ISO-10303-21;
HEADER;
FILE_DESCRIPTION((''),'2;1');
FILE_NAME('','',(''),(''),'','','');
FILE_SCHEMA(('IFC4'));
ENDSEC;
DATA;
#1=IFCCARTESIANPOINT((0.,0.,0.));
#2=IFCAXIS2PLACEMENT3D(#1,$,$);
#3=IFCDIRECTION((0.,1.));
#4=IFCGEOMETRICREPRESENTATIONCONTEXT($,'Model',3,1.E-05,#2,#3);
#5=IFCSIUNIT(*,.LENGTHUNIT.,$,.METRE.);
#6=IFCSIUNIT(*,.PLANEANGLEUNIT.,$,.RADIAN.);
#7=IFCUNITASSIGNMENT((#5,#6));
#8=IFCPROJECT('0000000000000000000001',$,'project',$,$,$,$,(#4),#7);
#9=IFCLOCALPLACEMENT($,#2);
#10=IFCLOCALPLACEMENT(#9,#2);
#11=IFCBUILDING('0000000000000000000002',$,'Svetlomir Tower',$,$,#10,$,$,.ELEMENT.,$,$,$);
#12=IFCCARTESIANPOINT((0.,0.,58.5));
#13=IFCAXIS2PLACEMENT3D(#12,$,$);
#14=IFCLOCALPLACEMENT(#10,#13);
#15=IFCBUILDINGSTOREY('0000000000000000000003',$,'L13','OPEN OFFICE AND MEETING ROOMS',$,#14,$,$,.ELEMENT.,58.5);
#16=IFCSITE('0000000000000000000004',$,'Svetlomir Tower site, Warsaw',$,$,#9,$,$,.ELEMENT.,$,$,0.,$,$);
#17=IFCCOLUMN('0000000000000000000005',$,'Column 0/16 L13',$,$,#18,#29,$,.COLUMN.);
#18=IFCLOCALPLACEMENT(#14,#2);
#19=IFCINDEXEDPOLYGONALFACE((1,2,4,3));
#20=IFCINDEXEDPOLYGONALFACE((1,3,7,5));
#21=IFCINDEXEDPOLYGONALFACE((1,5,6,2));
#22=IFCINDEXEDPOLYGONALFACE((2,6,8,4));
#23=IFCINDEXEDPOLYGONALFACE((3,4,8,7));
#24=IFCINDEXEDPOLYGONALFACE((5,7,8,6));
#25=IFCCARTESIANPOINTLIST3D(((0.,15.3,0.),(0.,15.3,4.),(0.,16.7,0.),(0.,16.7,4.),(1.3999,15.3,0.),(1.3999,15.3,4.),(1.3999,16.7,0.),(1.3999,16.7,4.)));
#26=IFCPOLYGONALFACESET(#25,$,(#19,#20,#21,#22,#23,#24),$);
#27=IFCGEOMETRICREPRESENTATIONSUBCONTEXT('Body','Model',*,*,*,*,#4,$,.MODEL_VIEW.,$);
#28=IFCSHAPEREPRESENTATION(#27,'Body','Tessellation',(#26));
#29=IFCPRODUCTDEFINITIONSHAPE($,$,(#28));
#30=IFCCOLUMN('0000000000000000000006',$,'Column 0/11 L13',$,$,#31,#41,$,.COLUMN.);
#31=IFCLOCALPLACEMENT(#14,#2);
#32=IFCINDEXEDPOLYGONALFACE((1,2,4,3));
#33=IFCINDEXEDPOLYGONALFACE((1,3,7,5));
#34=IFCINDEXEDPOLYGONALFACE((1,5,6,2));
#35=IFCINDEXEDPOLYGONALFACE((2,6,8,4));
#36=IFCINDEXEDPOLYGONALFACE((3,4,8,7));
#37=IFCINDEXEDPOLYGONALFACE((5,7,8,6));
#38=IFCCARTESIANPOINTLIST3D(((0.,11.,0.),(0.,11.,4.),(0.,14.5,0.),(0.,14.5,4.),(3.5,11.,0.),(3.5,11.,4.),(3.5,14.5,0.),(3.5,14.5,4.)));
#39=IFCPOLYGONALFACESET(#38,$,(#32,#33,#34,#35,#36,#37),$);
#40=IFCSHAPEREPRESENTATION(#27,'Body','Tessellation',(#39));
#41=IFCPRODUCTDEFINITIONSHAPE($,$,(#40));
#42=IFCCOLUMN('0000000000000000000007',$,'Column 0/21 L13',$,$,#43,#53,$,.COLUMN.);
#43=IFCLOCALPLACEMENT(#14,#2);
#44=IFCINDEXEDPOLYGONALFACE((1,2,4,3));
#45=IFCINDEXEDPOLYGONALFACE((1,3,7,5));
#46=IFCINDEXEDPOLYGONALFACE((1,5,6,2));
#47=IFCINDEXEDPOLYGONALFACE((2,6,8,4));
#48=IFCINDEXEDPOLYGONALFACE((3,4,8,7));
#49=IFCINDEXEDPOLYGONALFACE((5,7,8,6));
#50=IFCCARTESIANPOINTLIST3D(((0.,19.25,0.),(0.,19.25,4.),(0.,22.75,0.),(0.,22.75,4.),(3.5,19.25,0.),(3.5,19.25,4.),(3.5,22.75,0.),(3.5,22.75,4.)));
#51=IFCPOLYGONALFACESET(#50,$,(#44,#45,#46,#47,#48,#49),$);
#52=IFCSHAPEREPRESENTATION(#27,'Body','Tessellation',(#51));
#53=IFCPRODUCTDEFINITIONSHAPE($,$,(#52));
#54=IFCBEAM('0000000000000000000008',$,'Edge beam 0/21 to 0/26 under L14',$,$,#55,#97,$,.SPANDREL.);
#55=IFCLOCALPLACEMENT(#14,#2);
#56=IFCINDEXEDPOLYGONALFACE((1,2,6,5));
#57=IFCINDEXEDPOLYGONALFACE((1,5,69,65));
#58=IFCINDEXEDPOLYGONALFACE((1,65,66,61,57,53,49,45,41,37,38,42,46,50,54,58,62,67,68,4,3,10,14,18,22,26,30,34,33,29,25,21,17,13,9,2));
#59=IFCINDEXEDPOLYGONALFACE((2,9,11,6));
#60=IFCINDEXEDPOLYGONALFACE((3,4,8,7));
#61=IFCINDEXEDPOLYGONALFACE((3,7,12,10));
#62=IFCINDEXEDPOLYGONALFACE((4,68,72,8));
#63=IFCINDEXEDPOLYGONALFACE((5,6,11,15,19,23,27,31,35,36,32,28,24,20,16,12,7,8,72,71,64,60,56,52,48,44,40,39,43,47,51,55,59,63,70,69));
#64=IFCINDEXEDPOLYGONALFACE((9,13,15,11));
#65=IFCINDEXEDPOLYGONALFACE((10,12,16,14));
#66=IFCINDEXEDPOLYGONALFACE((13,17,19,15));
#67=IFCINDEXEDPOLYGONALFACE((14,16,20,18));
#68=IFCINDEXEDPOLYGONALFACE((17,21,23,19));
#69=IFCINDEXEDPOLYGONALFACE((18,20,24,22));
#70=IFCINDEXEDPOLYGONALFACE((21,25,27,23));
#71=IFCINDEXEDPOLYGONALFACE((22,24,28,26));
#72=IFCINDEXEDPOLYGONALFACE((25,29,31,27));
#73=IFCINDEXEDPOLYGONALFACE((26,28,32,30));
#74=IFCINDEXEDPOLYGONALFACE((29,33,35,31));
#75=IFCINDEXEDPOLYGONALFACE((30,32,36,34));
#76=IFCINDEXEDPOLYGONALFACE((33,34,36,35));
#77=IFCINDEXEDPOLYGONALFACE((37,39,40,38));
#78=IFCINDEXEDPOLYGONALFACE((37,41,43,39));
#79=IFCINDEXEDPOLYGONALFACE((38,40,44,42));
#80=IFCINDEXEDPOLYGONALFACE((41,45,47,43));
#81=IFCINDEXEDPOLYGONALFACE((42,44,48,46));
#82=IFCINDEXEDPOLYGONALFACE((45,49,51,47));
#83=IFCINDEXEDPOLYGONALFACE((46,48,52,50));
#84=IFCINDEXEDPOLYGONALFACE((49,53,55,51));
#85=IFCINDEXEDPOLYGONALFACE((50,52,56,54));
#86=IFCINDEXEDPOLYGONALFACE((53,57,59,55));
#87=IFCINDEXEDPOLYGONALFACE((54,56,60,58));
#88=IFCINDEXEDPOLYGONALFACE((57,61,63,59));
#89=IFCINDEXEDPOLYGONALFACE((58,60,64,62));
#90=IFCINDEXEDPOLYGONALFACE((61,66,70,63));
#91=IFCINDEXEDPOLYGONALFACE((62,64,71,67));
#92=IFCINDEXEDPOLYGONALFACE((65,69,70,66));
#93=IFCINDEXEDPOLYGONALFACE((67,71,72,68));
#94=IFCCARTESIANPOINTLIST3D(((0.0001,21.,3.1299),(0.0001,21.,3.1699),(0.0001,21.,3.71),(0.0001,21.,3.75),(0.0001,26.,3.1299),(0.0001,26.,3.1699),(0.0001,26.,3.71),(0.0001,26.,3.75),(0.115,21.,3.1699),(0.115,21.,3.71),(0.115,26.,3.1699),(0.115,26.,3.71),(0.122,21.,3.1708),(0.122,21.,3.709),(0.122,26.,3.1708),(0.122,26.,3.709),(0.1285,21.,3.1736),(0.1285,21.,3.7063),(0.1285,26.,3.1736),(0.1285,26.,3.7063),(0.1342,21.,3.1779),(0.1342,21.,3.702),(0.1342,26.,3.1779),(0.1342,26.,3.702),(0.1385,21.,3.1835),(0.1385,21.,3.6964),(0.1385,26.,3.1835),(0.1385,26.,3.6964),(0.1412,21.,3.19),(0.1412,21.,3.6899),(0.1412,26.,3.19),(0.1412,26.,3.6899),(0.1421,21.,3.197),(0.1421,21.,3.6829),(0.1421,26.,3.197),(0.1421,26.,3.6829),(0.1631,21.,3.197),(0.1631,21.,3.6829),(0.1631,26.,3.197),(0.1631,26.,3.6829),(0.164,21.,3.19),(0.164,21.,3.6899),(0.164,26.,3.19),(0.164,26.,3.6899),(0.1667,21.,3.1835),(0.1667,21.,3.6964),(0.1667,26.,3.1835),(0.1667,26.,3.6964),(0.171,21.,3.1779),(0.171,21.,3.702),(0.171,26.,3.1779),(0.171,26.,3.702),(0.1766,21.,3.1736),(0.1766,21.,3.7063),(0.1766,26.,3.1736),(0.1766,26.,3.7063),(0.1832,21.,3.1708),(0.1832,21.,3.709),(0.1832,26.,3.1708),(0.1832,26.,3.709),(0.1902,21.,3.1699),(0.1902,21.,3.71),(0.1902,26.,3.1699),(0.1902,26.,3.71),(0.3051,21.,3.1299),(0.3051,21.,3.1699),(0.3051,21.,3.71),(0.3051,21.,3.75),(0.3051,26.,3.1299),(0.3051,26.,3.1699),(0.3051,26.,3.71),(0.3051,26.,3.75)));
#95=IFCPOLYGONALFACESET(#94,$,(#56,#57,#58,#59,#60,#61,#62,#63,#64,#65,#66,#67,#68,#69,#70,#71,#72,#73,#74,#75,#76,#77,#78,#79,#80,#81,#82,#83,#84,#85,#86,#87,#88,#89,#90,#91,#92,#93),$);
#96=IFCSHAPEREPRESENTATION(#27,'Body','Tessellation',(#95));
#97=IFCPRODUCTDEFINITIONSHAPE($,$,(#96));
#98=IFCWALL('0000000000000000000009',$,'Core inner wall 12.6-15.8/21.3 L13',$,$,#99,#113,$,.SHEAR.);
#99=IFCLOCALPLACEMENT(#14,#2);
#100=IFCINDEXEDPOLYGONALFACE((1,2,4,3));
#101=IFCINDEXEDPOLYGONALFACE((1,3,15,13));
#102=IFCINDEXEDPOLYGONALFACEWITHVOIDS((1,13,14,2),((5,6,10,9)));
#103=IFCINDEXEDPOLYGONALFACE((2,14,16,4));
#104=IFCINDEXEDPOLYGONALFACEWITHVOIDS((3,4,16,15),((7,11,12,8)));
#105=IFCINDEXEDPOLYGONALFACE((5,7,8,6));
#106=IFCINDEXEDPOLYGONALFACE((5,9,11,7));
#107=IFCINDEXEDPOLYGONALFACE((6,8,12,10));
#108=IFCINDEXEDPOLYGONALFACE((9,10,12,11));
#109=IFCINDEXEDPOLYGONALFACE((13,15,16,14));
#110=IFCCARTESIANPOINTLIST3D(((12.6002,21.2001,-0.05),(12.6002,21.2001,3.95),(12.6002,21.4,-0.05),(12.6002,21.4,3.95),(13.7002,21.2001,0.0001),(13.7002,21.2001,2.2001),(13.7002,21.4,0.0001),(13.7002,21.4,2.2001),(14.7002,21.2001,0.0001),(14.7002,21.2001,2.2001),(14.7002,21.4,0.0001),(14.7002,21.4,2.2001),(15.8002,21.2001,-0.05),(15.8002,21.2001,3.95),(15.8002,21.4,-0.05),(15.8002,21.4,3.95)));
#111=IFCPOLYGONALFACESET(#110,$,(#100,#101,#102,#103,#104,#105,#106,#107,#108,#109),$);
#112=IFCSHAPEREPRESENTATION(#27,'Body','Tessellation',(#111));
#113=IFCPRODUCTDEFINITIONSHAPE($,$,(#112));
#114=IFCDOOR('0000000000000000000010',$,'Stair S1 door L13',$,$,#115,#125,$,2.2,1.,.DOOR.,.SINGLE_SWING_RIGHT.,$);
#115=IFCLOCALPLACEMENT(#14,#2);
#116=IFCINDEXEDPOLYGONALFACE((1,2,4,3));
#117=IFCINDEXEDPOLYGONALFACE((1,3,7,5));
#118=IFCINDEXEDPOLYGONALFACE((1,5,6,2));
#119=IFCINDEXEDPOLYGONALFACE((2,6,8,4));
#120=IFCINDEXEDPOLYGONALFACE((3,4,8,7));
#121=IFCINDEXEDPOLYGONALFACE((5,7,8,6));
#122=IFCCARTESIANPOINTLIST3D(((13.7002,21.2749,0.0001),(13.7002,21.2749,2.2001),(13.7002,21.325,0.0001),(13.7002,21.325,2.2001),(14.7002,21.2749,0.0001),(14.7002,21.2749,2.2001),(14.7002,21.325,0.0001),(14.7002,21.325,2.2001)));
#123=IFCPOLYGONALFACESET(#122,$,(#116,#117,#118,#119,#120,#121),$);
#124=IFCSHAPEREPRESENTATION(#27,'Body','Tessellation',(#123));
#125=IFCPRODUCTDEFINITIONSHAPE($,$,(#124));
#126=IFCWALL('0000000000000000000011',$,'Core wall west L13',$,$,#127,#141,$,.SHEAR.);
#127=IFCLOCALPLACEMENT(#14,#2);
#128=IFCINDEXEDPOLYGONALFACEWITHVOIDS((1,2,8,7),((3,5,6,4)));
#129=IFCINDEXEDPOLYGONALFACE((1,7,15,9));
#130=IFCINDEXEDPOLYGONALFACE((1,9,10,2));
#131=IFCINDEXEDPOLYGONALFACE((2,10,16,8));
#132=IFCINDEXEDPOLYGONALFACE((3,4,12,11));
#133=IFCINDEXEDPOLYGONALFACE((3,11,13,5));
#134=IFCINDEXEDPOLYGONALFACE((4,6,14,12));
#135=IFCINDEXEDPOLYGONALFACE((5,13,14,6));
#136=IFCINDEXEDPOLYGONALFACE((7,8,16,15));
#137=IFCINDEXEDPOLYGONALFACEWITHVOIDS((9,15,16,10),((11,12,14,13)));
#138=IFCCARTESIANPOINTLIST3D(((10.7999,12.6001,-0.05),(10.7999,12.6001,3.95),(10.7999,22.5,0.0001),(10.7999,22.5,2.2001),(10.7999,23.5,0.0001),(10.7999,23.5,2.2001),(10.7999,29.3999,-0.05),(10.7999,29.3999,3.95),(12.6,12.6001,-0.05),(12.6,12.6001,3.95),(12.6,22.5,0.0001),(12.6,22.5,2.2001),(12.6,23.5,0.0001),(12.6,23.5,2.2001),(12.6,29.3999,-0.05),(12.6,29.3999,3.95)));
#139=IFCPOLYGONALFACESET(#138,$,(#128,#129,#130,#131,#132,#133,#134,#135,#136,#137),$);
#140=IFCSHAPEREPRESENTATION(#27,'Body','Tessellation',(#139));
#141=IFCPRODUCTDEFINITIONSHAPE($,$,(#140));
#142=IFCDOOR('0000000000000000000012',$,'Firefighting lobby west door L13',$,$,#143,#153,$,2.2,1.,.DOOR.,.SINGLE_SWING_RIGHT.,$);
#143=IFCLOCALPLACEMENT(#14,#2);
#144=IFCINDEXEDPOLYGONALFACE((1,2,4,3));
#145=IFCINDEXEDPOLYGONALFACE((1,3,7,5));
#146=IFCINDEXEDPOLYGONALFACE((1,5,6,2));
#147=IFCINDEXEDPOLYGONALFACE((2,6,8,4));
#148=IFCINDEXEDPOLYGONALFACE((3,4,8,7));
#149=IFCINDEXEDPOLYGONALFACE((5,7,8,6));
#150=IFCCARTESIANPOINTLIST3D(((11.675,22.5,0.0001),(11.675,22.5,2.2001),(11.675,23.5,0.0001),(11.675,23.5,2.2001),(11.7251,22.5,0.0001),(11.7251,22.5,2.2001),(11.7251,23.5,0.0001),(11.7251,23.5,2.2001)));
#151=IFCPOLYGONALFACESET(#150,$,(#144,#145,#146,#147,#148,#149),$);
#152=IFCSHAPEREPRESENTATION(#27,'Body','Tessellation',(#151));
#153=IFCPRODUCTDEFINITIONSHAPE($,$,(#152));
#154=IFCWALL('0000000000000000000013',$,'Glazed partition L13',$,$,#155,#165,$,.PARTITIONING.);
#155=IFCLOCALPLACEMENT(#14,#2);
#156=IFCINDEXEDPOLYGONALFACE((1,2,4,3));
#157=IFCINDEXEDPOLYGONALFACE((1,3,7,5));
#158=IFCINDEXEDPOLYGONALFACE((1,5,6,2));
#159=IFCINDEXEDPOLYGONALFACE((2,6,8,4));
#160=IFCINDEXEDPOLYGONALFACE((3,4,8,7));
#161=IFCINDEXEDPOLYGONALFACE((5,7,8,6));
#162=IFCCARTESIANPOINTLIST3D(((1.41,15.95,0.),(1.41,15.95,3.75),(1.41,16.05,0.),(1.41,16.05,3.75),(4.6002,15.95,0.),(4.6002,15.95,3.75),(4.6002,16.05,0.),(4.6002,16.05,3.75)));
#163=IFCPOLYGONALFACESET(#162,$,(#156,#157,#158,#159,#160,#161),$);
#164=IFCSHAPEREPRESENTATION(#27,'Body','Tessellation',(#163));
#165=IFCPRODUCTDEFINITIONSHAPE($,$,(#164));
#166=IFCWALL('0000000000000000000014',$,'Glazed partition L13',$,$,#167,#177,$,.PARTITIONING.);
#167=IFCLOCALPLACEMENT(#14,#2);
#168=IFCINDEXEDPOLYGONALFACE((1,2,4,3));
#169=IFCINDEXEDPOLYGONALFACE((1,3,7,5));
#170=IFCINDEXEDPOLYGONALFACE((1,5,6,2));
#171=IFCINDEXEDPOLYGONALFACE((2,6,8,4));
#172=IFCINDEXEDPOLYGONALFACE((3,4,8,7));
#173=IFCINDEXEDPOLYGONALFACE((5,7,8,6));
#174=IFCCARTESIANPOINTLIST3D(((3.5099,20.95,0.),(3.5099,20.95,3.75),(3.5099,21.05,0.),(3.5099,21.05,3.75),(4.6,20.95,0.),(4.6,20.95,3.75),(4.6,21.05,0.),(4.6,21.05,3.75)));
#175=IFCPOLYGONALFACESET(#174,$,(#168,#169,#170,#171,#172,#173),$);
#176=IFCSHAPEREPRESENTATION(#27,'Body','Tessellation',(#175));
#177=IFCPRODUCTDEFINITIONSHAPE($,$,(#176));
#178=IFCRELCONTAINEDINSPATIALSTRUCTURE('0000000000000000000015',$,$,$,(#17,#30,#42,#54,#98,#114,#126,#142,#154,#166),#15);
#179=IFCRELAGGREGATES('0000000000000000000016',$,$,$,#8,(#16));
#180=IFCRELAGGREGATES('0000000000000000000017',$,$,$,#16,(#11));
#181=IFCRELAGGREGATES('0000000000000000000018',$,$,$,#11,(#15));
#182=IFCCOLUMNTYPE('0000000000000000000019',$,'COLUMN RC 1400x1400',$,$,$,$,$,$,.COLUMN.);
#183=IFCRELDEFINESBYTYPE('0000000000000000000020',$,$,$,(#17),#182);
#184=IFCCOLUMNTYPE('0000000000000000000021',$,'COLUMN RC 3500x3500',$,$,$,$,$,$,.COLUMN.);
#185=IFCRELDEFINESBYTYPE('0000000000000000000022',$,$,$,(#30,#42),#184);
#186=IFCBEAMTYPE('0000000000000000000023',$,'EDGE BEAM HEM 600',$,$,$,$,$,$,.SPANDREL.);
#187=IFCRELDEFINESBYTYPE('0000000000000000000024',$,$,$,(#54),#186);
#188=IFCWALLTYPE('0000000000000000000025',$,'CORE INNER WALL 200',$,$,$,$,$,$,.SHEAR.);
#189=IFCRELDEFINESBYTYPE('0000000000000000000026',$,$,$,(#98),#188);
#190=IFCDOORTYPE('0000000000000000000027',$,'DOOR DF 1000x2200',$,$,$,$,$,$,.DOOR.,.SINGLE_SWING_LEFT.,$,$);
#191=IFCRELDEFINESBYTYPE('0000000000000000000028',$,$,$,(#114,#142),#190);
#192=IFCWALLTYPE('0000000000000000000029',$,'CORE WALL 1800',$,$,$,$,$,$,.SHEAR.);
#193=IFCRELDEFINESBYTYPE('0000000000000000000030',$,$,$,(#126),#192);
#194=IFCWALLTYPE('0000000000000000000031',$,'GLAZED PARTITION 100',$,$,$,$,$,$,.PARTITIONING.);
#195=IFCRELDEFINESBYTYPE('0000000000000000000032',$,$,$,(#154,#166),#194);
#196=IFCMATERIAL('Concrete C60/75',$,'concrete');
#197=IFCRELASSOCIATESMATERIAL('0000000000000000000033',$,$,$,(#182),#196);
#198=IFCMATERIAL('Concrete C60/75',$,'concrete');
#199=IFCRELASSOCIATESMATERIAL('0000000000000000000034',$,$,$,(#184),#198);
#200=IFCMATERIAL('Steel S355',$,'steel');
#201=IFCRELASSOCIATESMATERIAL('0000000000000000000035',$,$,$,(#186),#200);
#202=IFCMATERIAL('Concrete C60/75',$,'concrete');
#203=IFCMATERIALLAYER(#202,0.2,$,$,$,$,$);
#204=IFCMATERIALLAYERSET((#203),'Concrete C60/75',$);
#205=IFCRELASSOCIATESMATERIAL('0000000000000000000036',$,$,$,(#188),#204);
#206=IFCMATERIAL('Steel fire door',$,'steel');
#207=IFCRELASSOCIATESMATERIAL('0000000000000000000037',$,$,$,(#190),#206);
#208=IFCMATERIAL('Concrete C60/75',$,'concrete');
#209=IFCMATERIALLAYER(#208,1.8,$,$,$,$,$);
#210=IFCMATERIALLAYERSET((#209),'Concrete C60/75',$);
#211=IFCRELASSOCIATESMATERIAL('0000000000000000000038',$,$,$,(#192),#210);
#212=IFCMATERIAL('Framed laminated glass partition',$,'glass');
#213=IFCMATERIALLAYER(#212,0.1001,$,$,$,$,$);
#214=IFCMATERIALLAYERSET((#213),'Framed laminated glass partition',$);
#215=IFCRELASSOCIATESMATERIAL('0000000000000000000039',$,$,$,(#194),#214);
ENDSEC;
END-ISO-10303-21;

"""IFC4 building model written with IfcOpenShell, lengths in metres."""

from ifc_helpers import new_model, si_unit, direction, frame, frame_2d, origin, origin_2d, place, context, subcontext, project, spatial, rectangle, i_section, extrude, material, layer, layer_set, material_profile, profile_set, type_object, element, fill, save


model = new_model("IFC4")

# Units and contexts
model_context = context("Model", 3, precision=1e-05, world=origin(), true_north=direction((0.0, 1.0)))
body_context = subcontext(model_context, "Body", "Model", "MODEL_VIEW")
ifc_project = project(units=[si_unit("LENGTHUNIT", "METRE"), si_unit("PLANEANGLEUNIT", "RADIAN")], contexts=[model_context])

# Site, building, storey
site_placement = place(None, origin())
site = spatial("IfcSite", under=ifc_project, at=site_placement, Name="Svetlomir Tower site, Warsaw", CompositionType="ELEMENT", RefElevation=0.0)
building_placement = place(site_placement, origin())
building = spatial("IfcBuilding", under=site, at=building_placement, Name="Svetlomir Tower", CompositionType="ELEMENT")
storey_placement = place(building_placement, frame((0.0, 0.0, 58.5)))
storey = spatial("IfcBuildingStorey", under=building, at=storey_placement, Name="L13", Description="OPEN OFFICE AND MEETING ROOMS", CompositionType="ELEMENT", Elevation=58.5)

# Columns
ifc_material_1 = material(Name="Concrete C60/75", Category="concrete")
ifc_material_profile_1 = material_profile(ifc_material_1, rectangle(XDim=1.3999, YDim=1.3999, at=origin_2d()), Name="RC 1400x1400")
ifc_profile_set_1 = profile_set([ifc_material_profile_1], Name="Concrete C60/75")
column_type_1 = type_object("IfcColumnType", Name="COLUMN RC 1400x1400", PredefinedType="COLUMN", material=ifc_profile_set_1)
column_placement = place(storey_placement, frame((0.7, 16.0, 0.0), z_axis=(0.0, 0.0, 1.0), x_axis=(1.0, 0.0, 0.0)))
element("IfcColumn", 1, at=column_placement, inside=storey, type_object=column_type_1, Name="Column 0/16 L13", PredefinedType="COLUMN", context=body_context, shape_type="SweptSolid", body=[
    extrude(rectangle(XDim=1.3999, YDim=1.3999, at=origin_2d()), origin(), (0.0, 0.0, 1.0), 4.0),
])
ifc_material_2 = material(Name="Concrete C60/75", Category="concrete")
ifc_material_profile_2 = material_profile(ifc_material_2, rectangle(XDim=3.5, YDim=3.5, at=origin_2d()), Name="RC 3500x3500")
ifc_profile_set_2 = profile_set([ifc_material_profile_2], Name="Concrete C60/75")
column_type_2 = type_object("IfcColumnType", Name="COLUMN RC 3500x3500", PredefinedType="COLUMN", material=ifc_profile_set_2)
for number, where, z_axis, x_axis, name in (
    (2, (1.75, 12.75, 0.0), (0.0, 0.0, 1.0), (1.0, 0.0, 0.0), "Column 0/11 L13"),
    (3, (1.75, 21.0, 0.0), (0.0, 0.0, 1.0), (1.0, 0.0, 0.0), "Column 0/21 L13"),
):
    element("IfcColumn", number, at=place(storey_placement, frame(where, z_axis=z_axis, x_axis=x_axis)), inside=storey, type_object=column_type_2, Name=name, PredefinedType="COLUMN", context=body_context, shape_type="SweptSolid", body=[
        extrude(rectangle(XDim=3.5, YDim=3.5, at=origin_2d()), origin(), (0.0, 0.0, 1.0), 4.0),
    ])

# Beam
ifc_material_3 = material(Name="Steel S355", Category="steel")
ifc_material_profile_3 = material_profile(ifc_material_3, i_section(OverallWidth=0.3049, OverallDepth=0.6201, WebThickness=0.021, FlangeThickness=0.04, FilletRadius=0.0271, at=origin_2d()), Name="HEM 600")
ifc_profile_set_3 = profile_set([ifc_material_profile_3], Name="Steel S355")
beam_type = type_object("IfcBeamType", Name="EDGE BEAM HEM 600", PredefinedType="SPANDREL", material=ifc_profile_set_3)
beam_placement = place(storey_placement, frame((0.1526, 21.0, 3.4399), z_axis=(0.0, 1.0, 0.0), x_axis=(-1.0, 0.0, 0.0)))
element("IfcBeam", 4, at=beam_placement, inside=storey, type_object=beam_type, Name="Edge beam 0/21 to 0/26 under L14", PredefinedType="SPANDREL", context=body_context, shape_type="SweptSolid", body=[
    extrude(i_section(OverallWidth=0.3049, OverallDepth=0.6201, WebThickness=0.021, FlangeThickness=0.04, FilletRadius=0.0271, at=origin_2d()), origin(), (0.0, 0.0, 1.0), 5.0),
])

# Walls, openings, doors
ifc_material_4 = material(Name="Concrete C60/75", Category="concrete")
ifc_layer_1 = layer(ifc_material_4, 0.2)
ifc_layer_set_1 = layer_set([ifc_layer_1], Name="Concrete C60/75")
wall_type_1 = type_object("IfcWallType", Name="CORE INNER WALL 200", PredefinedType="SHEAR", material=ifc_layer_set_1)
wall_1_placement = place(storey_placement, frame((12.6001, 21.3, -0.05), z_axis=(0.0, 0.0, 1.0), x_axis=(1.0, 0.0, 0.0)))
wall_1 = element("IfcWall", 5, at=wall_1_placement, inside=storey, type_object=wall_type_1, Name="Core inner wall 12.6-15.8/21.3 L13", PredefinedType="SHEAR", context=body_context, shape_type="SweptSolid", body=[
    extrude(rectangle(XDim=3.2, YDim=0.2, at=frame_2d((1.6001, 0.0))), origin(), (0.0, 0.0, 1.0), 4.0),
])
opening_1_placement = place(wall_1_placement, frame((1.1001, 0.0, 0.05)))
opening_1 = element("IfcOpeningElement", 6, at=opening_1_placement, cuts=wall_1, PredefinedType="OPENING", context=body_context, shape_type="SweptSolid", body=[
    extrude(rectangle(XDim=1.0, YDim=2.2, at=frame_2d((0.5, 1.1001))), frame((0.0, 0.1099, 0.0), z_axis=(0.0, -1.0, 0.0), x_axis=(1.0, 0.0, 0.0)), (0.0, 0.0, 1.0), 0.22),
])
ifc_material_5 = material(Name="Steel fire door", Category="steel")
door_type_1 = type_object("IfcDoorType", Name="DOOR DF 1000x2200", OperationType="SINGLE_SWING_LEFT", PredefinedType="DOOR", material=ifc_material_5)
door_1_placement = place(opening_1_placement, origin())
door_1 = element("IfcDoor", 7, at=door_1_placement, inside=storey, type_object=door_type_1, Name="Stair S1 door L13", OperationType="SINGLE_SWING_RIGHT", OverallHeight=2.2, OverallWidth=1.0, PredefinedType="DOOR", context=body_context, shape_type="SweptSolid", body=[
    extrude(rectangle(XDim=1.0, YDim=2.2, at=frame_2d((0.5, 1.1001))), frame((0.0, 0.0249, 0.0), z_axis=(0.0, -1.0, 0.0), x_axis=(1.0, 0.0, 0.0)), (0.0, 0.0, 1.0), 0.05),
])
fill(opening_1, door_1)
ifc_material_6 = material(Name="Concrete C60/75", Category="concrete")
ifc_layer_2 = layer(ifc_material_6, 1.8)
ifc_layer_set_2 = layer_set([ifc_layer_2], Name="Concrete C60/75")
wall_type_2 = type_object("IfcWallType", Name="CORE WALL 1800", PredefinedType="SHEAR", material=ifc_layer_set_2)
wall_2_placement = place(storey_placement, frame((11.7, 12.6001, -0.05), z_axis=(0.0, 0.0, 1.0), x_axis=(0.0, 1.0, 0.0)))
wall_2 = element("IfcWall", 8, at=wall_2_placement, inside=storey, type_object=wall_type_2, Name="Core wall west L13", PredefinedType="SHEAR", context=body_context, shape_type="SweptSolid", body=[
    extrude(rectangle(XDim=16.7998, YDim=1.8, at=frame_2d((8.3999, 0.0))), origin(), (0.0, 0.0, 1.0), 4.0),
])
opening_2_placement = place(wall_2_placement, frame((9.8999, 0.0, 0.05)))
opening_2 = element("IfcOpeningElement", 9, at=opening_2_placement, cuts=wall_2, PredefinedType="OPENING", context=body_context, shape_type="SweptSolid", body=[
    extrude(rectangle(XDim=1.0, YDim=2.2, at=frame_2d((0.5, 1.1001))), frame((0.0, 0.9102, 0.0), z_axis=(0.0, -1.0, 0.0), x_axis=(1.0, 0.0, 0.0)), (0.0, 0.0, 1.0), 1.8201),
])
door_2_placement = place(opening_2_placement, origin())
door_2 = element("IfcDoor", 10, at=door_2_placement, inside=storey, type_object=door_type_1, Name="Firefighting lobby west door L13", OperationType="SINGLE_SWING_RIGHT", OverallHeight=2.2, OverallWidth=1.0, PredefinedType="DOOR", context=body_context, shape_type="SweptSolid", body=[
    extrude(rectangle(XDim=1.0, YDim=2.2, at=frame_2d((0.5, 1.1001))), frame((0.0, 0.0249, 0.0), z_axis=(0.0, -1.0, 0.0), x_axis=(1.0, 0.0, 0.0)), (0.0, 0.0, 1.0), 0.05),
])
fill(opening_2, door_2)

# Walls
ifc_material_7 = material(Name="Framed laminated glass partition", Category="glass")
ifc_layer_3 = layer(ifc_material_7, 0.1001)
ifc_layer_set_3 = layer_set([ifc_layer_3], Name="Framed laminated glass partition")
wall_type_3 = type_object("IfcWallType", Name="GLAZED PARTITION 100", PredefinedType="PARTITIONING", material=ifc_layer_set_3)
wall_3_placement = place(storey_placement, frame((1.4099, 16.0, 0.0), z_axis=(0.0, 0.0, 1.0), x_axis=(1.0, 0.0, 0.0)))
element("IfcWall", 11, at=wall_3_placement, inside=storey, type_object=wall_type_3, Name="Glazed partition L13", PredefinedType="PARTITIONING", context=body_context, shape_type="SweptSolid", body=[
    extrude(rectangle(XDim=3.1902, YDim=0.1001, at=frame_2d((1.5952, 0.0))), origin(), (0.0, 0.0, 1.0), 3.75),
])
wall_4_placement = place(storey_placement, frame((3.51, 21.0, 0.0), z_axis=(0.0, 0.0, 1.0), x_axis=(1.0, 0.0, 0.0)))
element("IfcWall", 12, at=wall_4_placement, inside=storey, type_object=wall_type_3, Name="Glazed partition L13", PredefinedType="PARTITIONING", context=body_context, shape_type="SweptSolid", body=[
    extrude(rectangle(XDim=1.0901, YDim=0.1001, at=frame_2d((0.5449, 0.0))), origin(), (0.0, 0.0, 1.0), 3.75),
])

save(model, "model.ifc")
